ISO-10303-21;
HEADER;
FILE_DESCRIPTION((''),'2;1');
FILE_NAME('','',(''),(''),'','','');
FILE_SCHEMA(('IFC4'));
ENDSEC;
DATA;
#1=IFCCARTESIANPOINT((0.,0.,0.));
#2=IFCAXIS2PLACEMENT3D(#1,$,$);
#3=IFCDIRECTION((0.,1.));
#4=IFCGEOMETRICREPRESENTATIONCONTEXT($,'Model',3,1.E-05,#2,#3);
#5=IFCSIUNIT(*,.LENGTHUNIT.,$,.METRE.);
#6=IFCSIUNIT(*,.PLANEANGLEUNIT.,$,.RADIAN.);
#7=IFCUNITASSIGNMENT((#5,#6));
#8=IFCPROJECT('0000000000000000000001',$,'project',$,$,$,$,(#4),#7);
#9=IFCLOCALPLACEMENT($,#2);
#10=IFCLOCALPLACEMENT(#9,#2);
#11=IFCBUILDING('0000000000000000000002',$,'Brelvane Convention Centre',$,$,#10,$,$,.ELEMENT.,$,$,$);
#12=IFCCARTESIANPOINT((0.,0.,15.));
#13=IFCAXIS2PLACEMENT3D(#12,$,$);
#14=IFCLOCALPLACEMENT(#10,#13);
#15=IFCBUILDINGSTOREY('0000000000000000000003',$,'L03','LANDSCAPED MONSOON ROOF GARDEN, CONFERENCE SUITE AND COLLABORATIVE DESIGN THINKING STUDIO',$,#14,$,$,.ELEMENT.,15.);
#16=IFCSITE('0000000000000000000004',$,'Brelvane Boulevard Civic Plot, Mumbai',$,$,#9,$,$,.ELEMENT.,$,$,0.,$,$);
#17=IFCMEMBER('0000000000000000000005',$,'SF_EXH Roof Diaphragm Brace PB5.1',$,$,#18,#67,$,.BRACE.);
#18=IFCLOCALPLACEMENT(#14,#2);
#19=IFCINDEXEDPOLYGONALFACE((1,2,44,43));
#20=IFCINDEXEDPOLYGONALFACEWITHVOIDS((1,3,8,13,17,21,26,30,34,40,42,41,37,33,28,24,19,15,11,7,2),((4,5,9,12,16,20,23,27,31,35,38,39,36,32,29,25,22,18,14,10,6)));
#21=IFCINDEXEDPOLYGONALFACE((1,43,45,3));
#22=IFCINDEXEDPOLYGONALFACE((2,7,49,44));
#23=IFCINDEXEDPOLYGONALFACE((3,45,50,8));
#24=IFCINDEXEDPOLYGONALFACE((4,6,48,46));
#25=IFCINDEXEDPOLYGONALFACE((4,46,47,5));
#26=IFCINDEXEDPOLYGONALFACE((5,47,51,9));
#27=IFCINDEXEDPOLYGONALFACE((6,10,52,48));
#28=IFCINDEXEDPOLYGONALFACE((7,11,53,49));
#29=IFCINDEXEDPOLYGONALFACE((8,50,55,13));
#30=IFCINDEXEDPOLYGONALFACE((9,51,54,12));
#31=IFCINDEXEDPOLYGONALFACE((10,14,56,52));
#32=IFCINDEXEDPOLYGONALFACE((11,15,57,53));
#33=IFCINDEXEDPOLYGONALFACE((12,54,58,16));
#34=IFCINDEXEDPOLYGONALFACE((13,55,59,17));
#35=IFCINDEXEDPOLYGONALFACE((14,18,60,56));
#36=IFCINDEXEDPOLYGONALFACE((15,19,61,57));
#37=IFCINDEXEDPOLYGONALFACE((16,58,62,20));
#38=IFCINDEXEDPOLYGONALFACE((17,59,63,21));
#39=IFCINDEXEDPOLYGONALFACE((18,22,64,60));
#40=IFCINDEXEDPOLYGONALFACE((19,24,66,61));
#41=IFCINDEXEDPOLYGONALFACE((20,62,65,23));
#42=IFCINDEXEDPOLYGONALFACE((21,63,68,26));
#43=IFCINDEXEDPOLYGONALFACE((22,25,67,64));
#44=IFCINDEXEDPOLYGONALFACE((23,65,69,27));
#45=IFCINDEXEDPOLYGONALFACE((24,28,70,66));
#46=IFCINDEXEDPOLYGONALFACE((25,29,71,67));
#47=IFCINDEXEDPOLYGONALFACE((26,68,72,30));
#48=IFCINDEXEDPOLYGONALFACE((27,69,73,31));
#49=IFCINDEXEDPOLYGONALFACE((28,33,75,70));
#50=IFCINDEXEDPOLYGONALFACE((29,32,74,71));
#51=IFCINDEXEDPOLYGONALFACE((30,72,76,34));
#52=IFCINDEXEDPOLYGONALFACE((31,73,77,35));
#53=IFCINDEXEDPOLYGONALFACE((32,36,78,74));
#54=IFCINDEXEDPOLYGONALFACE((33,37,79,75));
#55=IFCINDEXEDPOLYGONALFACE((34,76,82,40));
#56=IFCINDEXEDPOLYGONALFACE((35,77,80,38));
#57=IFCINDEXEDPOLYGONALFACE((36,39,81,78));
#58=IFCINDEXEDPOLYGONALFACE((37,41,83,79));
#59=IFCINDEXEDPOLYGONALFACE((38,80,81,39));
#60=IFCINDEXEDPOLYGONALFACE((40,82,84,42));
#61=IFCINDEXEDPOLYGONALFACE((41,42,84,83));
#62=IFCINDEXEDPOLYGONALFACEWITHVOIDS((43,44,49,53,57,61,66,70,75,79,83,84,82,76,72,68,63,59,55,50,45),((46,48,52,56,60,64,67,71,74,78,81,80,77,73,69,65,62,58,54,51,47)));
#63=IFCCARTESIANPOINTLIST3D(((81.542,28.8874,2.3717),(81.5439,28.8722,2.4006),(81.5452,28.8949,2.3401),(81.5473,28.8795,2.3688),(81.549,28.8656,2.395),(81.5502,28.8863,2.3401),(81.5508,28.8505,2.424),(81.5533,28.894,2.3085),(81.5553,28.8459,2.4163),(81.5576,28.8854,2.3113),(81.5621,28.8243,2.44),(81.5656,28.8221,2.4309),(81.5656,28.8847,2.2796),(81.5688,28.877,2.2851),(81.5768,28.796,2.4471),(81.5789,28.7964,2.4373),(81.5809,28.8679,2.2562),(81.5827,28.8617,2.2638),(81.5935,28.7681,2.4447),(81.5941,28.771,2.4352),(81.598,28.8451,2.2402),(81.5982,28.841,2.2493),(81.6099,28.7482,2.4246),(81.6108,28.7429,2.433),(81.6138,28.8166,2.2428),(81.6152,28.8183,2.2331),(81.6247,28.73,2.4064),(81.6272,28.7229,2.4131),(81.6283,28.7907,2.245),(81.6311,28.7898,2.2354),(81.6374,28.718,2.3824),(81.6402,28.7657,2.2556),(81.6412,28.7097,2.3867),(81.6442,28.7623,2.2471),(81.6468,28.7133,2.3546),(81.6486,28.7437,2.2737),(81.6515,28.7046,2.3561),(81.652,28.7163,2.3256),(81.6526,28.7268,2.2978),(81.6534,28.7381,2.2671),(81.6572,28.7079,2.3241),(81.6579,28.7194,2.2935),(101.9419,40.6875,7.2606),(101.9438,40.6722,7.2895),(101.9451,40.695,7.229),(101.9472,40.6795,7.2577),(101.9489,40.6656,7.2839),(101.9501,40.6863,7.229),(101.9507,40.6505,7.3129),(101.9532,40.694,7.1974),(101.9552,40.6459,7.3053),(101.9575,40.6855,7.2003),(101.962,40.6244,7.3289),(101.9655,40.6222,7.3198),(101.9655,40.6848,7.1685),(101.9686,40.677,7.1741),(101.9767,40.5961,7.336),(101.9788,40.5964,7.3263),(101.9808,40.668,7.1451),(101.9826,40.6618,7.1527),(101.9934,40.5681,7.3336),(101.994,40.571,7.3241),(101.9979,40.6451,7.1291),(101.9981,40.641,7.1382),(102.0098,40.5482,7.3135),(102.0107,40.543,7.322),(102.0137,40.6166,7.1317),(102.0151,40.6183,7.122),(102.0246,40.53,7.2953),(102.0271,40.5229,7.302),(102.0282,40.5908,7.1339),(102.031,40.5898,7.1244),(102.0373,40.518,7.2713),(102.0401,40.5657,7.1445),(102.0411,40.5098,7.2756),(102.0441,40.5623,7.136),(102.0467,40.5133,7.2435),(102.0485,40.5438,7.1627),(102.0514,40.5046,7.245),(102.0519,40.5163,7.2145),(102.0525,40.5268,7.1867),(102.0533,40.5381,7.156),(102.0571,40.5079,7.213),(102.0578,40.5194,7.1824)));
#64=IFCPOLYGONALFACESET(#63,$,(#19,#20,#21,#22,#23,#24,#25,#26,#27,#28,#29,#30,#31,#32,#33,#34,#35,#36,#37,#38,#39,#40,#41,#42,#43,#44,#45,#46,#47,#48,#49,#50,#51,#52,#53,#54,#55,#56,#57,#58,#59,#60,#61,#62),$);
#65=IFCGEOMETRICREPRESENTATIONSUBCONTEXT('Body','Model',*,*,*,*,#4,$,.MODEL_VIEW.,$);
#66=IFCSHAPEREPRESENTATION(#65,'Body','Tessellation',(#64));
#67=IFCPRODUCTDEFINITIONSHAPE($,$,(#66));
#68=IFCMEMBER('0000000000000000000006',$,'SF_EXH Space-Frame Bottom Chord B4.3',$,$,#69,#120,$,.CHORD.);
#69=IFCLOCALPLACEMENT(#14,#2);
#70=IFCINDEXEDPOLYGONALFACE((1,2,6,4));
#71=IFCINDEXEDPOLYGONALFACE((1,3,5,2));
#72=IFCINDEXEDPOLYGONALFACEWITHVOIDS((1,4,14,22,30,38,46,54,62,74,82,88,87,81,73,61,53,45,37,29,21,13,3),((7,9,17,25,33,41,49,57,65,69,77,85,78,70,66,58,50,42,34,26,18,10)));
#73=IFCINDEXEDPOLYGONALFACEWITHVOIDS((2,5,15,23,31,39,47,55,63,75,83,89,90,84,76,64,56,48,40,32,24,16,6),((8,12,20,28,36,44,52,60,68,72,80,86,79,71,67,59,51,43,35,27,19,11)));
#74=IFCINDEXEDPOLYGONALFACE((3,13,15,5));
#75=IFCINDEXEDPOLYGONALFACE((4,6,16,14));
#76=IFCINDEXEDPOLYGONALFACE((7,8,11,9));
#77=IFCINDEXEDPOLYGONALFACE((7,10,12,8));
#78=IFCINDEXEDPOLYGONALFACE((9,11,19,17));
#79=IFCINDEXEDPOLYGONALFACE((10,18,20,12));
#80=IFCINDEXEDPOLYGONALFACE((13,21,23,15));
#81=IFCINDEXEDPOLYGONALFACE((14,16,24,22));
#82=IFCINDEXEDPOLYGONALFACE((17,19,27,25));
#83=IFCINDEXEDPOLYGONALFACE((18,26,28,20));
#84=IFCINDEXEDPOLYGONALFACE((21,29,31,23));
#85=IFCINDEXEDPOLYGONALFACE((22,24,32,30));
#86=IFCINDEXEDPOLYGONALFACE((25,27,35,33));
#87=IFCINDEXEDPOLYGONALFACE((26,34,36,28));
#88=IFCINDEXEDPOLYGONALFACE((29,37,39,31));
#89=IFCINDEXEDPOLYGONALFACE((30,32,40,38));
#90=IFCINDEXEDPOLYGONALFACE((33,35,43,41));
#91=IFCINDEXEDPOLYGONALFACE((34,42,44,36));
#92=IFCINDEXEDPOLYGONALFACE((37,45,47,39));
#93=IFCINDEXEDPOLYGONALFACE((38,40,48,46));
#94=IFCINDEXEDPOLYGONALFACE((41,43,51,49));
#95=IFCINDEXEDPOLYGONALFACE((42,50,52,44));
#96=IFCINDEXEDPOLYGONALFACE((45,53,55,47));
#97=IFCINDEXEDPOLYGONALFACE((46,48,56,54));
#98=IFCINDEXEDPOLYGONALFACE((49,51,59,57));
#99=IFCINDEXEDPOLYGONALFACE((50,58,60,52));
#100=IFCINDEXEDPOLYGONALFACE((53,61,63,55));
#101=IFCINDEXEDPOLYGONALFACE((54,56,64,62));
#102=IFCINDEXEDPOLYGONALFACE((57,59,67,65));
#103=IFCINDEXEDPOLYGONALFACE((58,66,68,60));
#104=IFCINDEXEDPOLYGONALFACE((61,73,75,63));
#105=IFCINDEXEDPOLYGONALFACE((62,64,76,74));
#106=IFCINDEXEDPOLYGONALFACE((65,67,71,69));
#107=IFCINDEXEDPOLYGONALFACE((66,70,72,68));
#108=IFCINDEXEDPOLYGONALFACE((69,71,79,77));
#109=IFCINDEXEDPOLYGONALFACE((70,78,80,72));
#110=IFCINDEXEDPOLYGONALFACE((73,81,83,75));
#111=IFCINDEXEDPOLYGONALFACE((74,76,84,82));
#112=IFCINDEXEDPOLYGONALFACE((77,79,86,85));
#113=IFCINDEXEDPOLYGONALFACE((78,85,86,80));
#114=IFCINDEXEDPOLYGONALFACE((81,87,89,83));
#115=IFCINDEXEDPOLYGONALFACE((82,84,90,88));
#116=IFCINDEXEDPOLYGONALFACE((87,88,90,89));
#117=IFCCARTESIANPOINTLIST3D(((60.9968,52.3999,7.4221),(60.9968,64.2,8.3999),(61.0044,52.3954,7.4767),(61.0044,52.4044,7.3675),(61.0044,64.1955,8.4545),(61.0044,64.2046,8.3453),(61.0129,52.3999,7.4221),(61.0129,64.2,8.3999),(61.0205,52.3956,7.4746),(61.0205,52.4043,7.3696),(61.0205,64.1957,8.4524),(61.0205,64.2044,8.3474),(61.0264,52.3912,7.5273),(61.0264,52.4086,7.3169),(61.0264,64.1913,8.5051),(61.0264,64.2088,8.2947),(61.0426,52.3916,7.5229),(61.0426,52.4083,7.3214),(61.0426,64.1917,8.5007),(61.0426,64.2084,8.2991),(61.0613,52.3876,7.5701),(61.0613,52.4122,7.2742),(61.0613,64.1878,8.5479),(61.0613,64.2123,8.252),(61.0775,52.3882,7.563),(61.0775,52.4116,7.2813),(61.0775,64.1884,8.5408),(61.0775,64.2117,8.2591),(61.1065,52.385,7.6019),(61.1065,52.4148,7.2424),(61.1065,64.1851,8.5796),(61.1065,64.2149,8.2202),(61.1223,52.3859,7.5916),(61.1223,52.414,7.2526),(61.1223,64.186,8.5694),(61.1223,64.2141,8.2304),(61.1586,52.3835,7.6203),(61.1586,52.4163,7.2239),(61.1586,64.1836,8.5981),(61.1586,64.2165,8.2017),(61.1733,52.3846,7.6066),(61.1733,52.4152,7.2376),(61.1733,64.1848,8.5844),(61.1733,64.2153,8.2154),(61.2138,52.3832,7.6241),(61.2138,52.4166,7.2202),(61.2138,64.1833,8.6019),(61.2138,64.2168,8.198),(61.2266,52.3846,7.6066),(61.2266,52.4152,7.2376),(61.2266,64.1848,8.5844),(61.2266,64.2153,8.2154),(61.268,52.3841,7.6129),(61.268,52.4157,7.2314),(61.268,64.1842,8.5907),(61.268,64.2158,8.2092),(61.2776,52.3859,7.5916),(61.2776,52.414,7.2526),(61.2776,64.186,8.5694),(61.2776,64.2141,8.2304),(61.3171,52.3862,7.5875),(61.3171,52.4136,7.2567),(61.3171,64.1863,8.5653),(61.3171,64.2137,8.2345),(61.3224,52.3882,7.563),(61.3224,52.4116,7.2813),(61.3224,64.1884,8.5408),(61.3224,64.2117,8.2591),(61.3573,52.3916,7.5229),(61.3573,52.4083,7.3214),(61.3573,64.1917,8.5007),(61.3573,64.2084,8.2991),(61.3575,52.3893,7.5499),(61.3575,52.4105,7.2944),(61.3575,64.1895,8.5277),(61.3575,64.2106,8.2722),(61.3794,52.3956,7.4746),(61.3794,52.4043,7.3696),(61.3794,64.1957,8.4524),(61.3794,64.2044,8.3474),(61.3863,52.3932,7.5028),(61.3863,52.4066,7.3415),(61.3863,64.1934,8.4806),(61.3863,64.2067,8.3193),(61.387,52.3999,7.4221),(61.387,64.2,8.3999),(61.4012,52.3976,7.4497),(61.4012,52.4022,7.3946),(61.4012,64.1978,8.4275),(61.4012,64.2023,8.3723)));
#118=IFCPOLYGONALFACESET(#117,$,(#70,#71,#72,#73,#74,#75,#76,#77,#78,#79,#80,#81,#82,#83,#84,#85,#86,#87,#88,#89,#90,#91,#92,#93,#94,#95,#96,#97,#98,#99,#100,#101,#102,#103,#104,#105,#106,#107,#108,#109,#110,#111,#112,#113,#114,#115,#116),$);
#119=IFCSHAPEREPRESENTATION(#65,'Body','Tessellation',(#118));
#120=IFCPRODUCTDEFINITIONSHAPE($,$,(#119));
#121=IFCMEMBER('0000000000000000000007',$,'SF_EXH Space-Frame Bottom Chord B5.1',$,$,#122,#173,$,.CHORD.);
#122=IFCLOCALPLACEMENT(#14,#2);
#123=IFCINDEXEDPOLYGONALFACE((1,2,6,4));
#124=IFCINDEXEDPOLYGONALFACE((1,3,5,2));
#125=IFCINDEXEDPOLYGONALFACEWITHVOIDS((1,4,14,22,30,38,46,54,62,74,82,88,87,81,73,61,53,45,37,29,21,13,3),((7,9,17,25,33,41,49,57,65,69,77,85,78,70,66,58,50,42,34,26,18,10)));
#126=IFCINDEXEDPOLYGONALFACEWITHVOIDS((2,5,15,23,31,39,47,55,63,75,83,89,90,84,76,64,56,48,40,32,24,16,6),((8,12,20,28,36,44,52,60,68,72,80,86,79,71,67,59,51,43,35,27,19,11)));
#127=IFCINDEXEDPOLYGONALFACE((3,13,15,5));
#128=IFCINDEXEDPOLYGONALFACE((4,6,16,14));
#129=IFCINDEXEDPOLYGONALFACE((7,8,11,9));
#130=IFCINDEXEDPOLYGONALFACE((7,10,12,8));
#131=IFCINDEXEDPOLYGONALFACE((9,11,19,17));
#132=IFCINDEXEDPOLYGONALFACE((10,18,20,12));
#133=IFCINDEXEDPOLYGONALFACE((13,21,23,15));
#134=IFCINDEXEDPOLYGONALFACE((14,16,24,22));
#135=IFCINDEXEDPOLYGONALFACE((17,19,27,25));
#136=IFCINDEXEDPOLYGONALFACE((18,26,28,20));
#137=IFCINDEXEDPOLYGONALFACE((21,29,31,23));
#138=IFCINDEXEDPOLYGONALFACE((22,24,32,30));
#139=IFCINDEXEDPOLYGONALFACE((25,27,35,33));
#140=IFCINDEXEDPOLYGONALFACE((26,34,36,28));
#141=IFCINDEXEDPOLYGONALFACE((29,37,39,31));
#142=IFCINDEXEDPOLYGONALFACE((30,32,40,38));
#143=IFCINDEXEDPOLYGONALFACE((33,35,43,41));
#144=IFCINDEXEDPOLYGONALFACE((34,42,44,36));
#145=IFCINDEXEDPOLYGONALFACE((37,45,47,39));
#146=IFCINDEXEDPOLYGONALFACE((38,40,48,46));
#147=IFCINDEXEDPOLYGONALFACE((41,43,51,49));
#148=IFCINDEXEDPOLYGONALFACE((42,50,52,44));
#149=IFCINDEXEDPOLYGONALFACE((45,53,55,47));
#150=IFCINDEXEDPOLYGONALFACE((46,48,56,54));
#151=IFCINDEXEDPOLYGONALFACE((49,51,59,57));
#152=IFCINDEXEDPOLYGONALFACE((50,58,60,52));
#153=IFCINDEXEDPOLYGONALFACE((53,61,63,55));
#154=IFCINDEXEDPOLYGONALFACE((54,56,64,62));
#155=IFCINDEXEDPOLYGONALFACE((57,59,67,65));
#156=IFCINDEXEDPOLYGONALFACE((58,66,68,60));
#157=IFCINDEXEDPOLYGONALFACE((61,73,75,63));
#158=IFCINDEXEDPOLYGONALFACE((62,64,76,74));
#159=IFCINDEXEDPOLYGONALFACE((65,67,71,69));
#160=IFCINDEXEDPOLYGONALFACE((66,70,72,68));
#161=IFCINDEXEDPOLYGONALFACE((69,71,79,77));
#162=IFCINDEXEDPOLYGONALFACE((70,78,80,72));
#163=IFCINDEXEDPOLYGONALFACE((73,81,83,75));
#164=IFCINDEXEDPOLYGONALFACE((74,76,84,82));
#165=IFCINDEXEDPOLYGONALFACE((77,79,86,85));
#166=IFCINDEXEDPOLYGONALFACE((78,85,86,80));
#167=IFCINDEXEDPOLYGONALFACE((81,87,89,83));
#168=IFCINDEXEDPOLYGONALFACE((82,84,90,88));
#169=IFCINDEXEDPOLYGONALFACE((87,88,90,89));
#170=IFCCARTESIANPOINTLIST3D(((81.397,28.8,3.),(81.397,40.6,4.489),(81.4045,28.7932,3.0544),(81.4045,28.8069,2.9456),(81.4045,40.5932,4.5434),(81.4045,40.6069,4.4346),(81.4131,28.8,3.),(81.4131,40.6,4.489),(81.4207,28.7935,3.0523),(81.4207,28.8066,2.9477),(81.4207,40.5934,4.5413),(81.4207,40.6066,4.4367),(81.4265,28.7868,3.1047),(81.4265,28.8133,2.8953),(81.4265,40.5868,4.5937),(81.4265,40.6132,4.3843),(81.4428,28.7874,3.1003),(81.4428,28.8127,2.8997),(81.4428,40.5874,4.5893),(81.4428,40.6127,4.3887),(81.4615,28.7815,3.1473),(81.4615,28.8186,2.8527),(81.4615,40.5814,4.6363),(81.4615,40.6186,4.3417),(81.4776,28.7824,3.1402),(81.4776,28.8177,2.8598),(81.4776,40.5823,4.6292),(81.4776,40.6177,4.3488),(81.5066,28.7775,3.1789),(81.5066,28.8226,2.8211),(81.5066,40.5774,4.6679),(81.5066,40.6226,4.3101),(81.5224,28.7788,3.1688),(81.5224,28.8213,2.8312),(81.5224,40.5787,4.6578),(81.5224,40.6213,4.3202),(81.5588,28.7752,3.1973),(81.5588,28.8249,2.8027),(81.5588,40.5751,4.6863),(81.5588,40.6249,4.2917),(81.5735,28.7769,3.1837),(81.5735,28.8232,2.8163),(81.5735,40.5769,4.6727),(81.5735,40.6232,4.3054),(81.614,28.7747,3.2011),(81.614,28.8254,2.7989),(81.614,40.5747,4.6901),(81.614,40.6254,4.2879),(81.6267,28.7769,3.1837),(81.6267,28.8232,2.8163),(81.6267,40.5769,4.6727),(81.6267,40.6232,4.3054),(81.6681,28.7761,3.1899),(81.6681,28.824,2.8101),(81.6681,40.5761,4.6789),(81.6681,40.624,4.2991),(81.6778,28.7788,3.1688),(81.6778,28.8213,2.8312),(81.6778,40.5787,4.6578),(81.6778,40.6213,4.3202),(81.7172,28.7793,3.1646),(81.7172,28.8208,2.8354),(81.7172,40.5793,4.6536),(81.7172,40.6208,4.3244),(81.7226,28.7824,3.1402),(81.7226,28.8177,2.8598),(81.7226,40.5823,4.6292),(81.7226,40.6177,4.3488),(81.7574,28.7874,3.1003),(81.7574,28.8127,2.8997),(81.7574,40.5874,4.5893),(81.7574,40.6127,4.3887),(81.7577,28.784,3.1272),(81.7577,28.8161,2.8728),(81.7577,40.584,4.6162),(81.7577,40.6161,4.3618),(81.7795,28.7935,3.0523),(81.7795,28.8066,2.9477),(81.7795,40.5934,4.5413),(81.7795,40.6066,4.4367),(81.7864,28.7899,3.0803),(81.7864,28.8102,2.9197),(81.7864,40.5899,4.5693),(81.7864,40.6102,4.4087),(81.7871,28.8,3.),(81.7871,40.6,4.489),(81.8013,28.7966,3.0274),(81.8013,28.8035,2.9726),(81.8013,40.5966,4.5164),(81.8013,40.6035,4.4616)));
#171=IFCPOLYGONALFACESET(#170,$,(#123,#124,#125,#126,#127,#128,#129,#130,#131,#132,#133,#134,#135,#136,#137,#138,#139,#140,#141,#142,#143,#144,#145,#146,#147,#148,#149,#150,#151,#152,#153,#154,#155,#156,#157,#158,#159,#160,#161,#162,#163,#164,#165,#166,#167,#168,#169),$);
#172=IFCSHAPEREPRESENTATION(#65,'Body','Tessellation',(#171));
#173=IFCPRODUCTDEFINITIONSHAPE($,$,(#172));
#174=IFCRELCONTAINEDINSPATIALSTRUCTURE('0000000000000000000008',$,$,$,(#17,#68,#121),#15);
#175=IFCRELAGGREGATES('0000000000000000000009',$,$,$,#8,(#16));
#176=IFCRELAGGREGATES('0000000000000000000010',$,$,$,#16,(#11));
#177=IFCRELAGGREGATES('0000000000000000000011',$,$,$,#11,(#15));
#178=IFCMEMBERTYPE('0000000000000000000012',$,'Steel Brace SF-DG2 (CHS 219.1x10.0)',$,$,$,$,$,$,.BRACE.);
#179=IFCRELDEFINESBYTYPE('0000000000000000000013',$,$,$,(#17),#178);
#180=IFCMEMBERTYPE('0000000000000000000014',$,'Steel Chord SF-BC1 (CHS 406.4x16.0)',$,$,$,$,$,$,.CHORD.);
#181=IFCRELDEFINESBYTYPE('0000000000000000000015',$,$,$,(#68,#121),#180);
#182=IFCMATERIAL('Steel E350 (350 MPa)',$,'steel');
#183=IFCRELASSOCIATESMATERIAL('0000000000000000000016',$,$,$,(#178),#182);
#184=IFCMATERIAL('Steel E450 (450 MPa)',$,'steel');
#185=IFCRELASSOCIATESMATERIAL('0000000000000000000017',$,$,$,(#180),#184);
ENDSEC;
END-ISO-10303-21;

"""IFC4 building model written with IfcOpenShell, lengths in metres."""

from ifc_helpers import new_model, si_unit, direction, frame, origin, origin_2d, place, context, subcontext, project, spatial, hollow_circle, extrude, material, material_profile, profile_set, type_object, element, save


model = new_model("IFC4")

# Units and contexts
model_context = context("Model", 3, precision=1e-05, world=origin(), true_north=direction((0.0, 1.0)))
body_context = subcontext(model_context, "Body", "Model", "MODEL_VIEW")
ifc_project = project(units=[si_unit("LENGTHUNIT", "METRE"), si_unit("PLANEANGLEUNIT", "RADIAN")], contexts=[model_context])

# Site, building, storey
site_placement = place(None, origin())
site = spatial("IfcSite", under=ifc_project, at=site_placement, Name="Brelvane Boulevard Civic Plot, Mumbai", CompositionType="ELEMENT", RefElevation=0.0)
building_placement = place(site_placement, origin())
building = spatial("IfcBuilding", under=site, at=building_placement, Name="Brelvane Convention Centre", CompositionType="ELEMENT")
storey_placement = place(building_placement, frame((0.0, 0.0, 15.0)))
storey = spatial("IfcBuildingStorey", under=building, at=storey_placement, Name="L03", Description="LANDSCAPED MONSOON ROOF GARDEN, CONFERENCE SUITE AND COLLABORATIVE DESIGN THINKING STUDIO", CompositionType="ELEMENT", Elevation=15.0)

# Members
ifc_material_1 = material(Name="Steel E350 (350 MPa)", Category="steel")
ifc_material_profile_1 = material_profile(ifc_material_1, hollow_circle(Radius=0.1096, WallThickness=0.01, at=origin_2d()), Name="CHS 219.1x10.0")
ifc_profile_set_1 = profile_set([ifc_material_profile_1], Name="Steel E350 (350 MPa)")
member_type_1 = type_object("IfcMemberType", Name="Steel Brace SF-DG2 (CHS 219.1x10.0)", PredefinedType="BRACE", material=ifc_profile_set_1)
member_1_placement = place(storey_placement, frame((81.6001, 28.8, 2.3401), z_axis=(0.847572, 0.490267, 0.203124), x_axis=(-0.500705, 0.865618, 0.0)))
element("IfcMember", 1, at=member_1_placement, inside=storey, type_object=member_type_1, Name="SF_EXH Roof Diaphragm Brace PB5.1", PredefinedType="BRACE", context=body_context, shape_type="SweptSolid", body=[
    extrude(hollow_circle(Radius=0.1096, WallThickness=0.01, at=origin_2d()), origin(), (0.0, 0.0, 1.0), 24.0686),
])
ifc_material_2 = material(Name="Steel E450 (450 MPa)", Category="steel")
ifc_material_profile_2 = material_profile(ifc_material_2, hollow_circle(Radius=0.2031, WallThickness=0.0161, at=origin_2d()), Name="CHS 406.4x16.0")
ifc_profile_set_2 = profile_set([ifc_material_profile_2], Name="Steel E450 (450 MPa)")
member_type_2 = type_object("IfcMemberType", Name="Steel Chord SF-BC1 (CHS 406.4x16.0)", PredefinedType="CHORD", material=ifc_profile_set_2)
member_2_placement = place(storey_placement, frame((61.2, 52.3999, 7.4221), z_axis=(0.0, 0.996584, 0.08258), x_axis=(-1.0, 0.0, 0.0)))
element("IfcMember", 2, at=member_2_placement, inside=storey, type_object=member_type_2, Name="SF_EXH Space-Frame Bottom Chord B4.3", PredefinedType="CHORD", context=body_context, shape_type="SweptSolid", body=[
    extrude(hollow_circle(Radius=0.2031, WallThickness=0.0161, at=origin_2d()), origin(), (0.0, 0.0, 1.0), 11.8406),
])
member_3_placement = place(storey_placement, frame((81.6001, 28.8, 3.0), z_axis=(0.0, 0.992132, 0.125194), x_axis=(-1.0, 0.0, 0.0)))
element("IfcMember", 3, at=member_3_placement, inside=storey, type_object=member_type_2, Name="SF_EXH Space-Frame Bottom Chord B5.1", PredefinedType="CHORD", context=body_context, shape_type="SweptSolid", body=[
    extrude(hollow_circle(Radius=0.2031, WallThickness=0.0161, at=origin_2d()), origin(), (0.0, 0.0, 1.0), 11.8936),
])

save(model, "model.ifc")
